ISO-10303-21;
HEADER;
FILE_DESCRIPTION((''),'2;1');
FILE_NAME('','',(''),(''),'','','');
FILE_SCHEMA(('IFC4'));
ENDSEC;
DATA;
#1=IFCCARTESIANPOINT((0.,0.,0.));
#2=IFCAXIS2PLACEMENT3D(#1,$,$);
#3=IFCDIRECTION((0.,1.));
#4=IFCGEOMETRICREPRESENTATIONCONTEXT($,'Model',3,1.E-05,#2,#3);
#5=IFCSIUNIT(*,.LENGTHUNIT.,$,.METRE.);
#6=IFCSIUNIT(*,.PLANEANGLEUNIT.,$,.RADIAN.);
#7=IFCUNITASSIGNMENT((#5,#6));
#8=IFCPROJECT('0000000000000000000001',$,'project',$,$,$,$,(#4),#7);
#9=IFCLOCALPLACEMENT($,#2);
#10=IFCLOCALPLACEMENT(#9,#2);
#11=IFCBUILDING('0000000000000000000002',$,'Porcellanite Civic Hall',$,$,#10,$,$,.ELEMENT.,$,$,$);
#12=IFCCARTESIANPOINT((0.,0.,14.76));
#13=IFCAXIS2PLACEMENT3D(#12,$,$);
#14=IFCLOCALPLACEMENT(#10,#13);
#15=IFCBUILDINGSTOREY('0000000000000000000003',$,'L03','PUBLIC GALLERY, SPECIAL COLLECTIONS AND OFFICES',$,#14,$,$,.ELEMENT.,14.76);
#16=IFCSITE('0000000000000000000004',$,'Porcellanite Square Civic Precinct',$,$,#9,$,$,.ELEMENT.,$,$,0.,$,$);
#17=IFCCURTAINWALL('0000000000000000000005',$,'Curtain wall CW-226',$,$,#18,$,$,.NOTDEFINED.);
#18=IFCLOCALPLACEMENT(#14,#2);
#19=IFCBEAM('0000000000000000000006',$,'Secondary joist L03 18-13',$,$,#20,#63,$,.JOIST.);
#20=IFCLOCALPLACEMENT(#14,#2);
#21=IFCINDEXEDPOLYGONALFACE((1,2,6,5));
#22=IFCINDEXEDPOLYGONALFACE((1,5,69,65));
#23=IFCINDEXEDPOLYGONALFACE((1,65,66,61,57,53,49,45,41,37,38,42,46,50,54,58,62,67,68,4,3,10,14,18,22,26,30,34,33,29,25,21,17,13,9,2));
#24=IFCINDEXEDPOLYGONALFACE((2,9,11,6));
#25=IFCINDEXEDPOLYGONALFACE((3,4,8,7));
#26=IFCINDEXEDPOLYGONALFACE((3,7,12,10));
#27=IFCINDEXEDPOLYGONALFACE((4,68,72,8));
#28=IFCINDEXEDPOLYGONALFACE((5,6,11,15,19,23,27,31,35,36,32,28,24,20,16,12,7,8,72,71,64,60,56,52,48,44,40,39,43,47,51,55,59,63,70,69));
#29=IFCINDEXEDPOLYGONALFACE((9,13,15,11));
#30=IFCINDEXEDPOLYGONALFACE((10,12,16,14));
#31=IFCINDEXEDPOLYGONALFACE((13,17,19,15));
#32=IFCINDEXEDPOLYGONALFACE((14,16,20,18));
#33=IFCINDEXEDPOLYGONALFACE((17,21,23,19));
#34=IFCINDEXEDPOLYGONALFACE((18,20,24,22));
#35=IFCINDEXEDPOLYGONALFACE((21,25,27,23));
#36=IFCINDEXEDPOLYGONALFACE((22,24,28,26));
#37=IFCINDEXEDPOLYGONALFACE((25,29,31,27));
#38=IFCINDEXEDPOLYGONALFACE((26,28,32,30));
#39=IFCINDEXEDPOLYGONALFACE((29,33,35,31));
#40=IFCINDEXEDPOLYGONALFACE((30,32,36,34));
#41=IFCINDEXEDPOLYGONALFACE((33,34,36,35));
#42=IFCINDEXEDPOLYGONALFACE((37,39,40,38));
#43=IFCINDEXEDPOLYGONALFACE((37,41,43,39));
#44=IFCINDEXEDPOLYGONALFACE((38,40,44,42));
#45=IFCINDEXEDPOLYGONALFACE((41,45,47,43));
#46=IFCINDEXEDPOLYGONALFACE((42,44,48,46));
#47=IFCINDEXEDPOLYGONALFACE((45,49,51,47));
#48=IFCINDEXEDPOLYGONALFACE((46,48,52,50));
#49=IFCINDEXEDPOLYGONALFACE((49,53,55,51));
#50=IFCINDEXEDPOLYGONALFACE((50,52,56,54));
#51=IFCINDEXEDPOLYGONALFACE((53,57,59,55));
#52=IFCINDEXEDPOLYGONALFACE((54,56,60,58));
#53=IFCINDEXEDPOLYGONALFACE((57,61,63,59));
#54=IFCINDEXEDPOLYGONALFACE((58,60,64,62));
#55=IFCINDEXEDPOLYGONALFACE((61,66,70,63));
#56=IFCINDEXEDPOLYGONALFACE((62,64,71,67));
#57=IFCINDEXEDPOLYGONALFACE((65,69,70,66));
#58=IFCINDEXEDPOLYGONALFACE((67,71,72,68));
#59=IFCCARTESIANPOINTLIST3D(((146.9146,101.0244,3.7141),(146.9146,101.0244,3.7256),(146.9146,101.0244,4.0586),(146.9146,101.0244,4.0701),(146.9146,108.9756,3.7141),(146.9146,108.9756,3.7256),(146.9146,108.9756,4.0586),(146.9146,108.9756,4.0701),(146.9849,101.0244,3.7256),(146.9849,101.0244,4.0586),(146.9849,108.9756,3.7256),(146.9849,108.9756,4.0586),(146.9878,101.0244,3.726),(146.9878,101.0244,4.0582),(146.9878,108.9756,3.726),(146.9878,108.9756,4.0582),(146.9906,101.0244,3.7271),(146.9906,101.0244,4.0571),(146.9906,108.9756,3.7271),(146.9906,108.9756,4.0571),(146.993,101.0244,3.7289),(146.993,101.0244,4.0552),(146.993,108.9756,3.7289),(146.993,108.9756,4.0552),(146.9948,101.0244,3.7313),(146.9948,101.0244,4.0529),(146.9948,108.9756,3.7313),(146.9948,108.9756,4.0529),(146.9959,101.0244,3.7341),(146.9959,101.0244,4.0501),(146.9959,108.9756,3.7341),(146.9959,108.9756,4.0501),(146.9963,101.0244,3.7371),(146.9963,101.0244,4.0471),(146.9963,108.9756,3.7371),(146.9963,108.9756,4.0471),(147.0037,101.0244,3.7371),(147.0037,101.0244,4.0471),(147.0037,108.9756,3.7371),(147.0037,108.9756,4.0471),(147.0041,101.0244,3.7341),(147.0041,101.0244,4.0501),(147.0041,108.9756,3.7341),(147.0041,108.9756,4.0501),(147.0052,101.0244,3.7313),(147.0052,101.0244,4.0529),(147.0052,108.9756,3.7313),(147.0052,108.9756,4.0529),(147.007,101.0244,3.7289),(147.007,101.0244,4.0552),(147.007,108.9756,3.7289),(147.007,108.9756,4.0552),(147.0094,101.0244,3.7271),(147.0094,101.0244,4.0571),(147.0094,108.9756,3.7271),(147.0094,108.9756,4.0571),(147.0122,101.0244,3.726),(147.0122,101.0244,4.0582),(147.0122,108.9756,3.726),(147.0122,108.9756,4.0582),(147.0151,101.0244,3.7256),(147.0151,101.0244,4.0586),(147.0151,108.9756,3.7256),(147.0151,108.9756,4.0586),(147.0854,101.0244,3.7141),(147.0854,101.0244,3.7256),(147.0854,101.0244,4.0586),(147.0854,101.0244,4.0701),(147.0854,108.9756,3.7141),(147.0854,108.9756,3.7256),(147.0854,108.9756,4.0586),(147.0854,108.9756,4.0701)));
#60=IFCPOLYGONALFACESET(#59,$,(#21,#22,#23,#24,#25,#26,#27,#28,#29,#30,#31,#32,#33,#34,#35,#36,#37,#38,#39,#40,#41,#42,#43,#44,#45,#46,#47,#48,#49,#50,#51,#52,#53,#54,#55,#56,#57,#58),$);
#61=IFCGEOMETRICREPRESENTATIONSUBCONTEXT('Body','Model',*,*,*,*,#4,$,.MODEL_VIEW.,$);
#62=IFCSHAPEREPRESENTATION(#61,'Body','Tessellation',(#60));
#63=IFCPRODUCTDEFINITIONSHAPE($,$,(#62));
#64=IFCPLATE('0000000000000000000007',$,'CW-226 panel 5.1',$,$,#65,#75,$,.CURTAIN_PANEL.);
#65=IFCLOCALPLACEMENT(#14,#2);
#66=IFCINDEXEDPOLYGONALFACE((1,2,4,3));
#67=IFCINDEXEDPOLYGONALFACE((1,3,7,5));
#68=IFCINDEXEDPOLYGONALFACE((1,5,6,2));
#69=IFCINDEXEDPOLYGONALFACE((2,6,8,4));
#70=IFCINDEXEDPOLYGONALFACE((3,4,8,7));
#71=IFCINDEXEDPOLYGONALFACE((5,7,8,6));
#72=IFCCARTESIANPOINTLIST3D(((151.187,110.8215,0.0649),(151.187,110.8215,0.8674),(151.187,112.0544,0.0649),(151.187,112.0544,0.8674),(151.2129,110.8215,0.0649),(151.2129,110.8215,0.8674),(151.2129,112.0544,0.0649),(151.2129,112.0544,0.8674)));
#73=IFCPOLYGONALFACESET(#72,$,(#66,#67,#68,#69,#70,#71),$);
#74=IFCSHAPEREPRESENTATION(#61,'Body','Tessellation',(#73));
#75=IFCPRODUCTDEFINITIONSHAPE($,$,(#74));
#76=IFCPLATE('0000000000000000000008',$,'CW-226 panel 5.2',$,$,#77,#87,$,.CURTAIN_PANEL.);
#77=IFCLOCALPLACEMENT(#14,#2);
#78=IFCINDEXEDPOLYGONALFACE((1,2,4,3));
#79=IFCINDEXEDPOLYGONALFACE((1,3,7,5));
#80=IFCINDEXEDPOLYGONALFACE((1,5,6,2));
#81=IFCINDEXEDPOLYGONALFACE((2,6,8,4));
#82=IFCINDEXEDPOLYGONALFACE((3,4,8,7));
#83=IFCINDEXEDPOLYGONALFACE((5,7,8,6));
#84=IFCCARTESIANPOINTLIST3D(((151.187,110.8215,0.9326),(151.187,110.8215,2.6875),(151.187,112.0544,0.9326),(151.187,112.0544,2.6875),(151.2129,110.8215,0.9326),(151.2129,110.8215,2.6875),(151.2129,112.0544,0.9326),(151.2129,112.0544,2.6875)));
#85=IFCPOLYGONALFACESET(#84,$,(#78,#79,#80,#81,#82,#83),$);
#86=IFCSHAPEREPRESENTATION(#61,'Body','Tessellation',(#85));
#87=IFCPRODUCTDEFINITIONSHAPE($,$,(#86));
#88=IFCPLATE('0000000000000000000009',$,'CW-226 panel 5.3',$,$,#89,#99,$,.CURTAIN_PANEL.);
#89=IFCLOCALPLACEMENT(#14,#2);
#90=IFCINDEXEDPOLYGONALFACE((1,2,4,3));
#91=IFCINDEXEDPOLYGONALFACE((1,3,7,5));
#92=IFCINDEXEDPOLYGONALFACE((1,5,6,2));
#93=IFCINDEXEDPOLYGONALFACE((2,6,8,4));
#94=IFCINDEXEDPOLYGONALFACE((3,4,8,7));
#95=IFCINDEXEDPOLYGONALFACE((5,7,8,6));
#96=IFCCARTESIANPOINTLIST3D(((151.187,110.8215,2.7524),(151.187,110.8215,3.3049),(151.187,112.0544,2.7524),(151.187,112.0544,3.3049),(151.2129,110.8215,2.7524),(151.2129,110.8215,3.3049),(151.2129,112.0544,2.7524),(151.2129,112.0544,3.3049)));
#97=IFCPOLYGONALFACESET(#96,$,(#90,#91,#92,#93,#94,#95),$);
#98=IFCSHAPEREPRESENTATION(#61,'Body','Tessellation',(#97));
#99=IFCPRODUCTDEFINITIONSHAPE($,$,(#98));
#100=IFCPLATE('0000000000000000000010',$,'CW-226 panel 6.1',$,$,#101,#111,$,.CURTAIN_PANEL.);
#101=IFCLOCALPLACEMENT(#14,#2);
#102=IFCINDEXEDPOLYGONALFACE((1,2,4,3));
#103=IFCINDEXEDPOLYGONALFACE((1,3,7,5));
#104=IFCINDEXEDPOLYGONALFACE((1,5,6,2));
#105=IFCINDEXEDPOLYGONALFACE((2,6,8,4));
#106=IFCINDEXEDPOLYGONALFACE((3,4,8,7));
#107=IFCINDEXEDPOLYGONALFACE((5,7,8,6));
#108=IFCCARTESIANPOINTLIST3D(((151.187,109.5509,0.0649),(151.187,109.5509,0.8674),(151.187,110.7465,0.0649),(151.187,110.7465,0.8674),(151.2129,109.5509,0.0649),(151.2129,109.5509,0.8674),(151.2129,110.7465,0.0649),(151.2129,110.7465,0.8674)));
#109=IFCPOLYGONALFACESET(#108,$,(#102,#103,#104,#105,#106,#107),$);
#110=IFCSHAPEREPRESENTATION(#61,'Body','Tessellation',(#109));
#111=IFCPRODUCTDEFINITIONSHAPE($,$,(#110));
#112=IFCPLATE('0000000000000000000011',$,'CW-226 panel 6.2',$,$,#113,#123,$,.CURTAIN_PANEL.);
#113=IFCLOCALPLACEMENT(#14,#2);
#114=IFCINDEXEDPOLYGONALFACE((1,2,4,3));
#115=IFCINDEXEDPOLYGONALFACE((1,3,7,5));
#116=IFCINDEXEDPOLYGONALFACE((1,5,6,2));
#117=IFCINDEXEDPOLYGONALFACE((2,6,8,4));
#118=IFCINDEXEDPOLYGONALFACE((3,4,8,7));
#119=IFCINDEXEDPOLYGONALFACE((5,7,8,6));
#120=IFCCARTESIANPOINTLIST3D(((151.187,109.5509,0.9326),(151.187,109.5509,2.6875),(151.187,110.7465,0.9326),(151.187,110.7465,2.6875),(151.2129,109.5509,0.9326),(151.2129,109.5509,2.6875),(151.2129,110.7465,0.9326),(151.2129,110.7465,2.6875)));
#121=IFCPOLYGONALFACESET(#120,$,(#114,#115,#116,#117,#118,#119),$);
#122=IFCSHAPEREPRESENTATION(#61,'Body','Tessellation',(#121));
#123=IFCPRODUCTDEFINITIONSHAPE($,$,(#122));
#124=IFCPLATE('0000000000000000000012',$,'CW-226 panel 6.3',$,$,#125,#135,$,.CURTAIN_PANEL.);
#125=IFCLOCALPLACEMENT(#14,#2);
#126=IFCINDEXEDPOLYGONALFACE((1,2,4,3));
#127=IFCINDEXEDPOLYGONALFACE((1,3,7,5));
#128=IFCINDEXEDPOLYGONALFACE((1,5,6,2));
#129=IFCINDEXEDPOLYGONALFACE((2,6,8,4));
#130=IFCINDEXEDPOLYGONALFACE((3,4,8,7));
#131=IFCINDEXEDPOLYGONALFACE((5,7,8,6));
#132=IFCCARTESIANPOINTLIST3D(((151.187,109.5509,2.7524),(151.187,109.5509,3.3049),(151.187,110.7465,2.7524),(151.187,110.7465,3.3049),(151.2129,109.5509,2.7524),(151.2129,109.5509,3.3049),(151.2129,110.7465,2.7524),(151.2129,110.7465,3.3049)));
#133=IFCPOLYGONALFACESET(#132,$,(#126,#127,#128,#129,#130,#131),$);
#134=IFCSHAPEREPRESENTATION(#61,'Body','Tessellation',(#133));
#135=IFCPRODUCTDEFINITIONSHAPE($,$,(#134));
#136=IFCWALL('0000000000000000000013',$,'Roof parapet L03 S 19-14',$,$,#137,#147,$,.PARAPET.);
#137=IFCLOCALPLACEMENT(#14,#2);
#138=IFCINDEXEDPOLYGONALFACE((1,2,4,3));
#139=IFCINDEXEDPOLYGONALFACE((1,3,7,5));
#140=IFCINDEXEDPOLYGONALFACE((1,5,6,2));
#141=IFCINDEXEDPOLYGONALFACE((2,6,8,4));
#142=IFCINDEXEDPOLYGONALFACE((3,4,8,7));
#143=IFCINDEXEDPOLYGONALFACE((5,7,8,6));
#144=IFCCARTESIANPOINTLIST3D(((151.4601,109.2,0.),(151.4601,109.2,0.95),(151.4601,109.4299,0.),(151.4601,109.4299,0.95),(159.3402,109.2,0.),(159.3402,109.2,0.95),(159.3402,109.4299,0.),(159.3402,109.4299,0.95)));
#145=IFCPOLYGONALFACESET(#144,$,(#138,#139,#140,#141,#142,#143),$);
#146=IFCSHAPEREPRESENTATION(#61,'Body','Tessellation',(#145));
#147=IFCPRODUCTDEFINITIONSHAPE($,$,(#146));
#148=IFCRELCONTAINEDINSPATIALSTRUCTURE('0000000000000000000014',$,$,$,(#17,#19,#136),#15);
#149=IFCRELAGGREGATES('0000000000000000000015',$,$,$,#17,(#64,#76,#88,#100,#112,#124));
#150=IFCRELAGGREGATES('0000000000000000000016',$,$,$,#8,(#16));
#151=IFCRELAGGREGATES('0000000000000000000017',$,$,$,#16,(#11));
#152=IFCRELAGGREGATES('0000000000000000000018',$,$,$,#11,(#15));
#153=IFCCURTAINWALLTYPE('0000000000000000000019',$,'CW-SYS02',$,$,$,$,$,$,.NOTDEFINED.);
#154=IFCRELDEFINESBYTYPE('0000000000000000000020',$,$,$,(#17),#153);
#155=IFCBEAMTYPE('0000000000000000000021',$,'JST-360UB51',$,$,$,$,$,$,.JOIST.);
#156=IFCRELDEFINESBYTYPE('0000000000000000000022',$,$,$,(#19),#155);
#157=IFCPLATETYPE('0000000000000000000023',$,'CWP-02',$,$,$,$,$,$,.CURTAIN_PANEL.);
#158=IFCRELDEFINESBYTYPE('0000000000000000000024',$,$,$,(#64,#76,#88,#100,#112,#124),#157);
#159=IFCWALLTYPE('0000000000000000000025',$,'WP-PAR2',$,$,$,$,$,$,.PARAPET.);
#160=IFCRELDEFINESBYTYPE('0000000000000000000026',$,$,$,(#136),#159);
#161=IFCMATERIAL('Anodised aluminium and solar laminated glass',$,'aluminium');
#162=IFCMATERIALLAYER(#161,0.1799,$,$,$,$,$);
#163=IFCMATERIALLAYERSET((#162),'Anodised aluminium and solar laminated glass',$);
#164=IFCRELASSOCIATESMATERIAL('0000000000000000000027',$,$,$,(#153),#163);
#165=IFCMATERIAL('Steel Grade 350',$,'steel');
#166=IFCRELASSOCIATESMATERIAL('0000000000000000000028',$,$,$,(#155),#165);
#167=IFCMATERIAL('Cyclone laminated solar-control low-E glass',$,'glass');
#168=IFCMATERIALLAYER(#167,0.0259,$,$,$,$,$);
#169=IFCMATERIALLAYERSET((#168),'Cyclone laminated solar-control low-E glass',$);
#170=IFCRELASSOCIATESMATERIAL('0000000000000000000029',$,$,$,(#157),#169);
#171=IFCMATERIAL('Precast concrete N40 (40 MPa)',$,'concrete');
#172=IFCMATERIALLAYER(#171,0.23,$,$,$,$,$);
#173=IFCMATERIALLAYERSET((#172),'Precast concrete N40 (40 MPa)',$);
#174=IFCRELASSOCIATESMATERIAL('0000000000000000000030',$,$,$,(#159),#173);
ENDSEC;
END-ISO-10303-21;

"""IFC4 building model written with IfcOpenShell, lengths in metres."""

from ifc_helpers import new_model, si_unit, direction, frame, frame_2d, origin, origin_2d, place, context, subcontext, project, spatial, rectangle, i_section, extrude, material, layer, layer_set, material_profile, profile_set, type_object, element, aggregate, save


model = new_model("IFC4")

# Units and contexts
model_context = context("Model", 3, precision=1e-05, world=origin(), true_north=direction((0.0, 1.0)))
body_context = subcontext(model_context, "Body", "Model", "MODEL_VIEW")
ifc_project = project(units=[si_unit("LENGTHUNIT", "METRE"), si_unit("PLANEANGLEUNIT", "RADIAN")], contexts=[model_context])

# Site, building, storey
site_placement = place(None, origin())
site = spatial("IfcSite", under=ifc_project, at=site_placement, Name="Porcellanite Square Civic Precinct", CompositionType="ELEMENT", RefElevation=0.0)
building_placement = place(site_placement, origin())
building = spatial("IfcBuilding", under=site, at=building_placement, Name="Porcellanite Civic Hall", CompositionType="ELEMENT")
storey_placement = place(building_placement, frame((0.0, 0.0, 14.76)))
storey = spatial("IfcBuildingStorey", under=building, at=storey_placement, Name="L03", Description="PUBLIC GALLERY, SPECIAL COLLECTIONS AND OFFICES", CompositionType="ELEMENT", Elevation=14.76)

# Curtain wall
ifc_material_1 = material(Name="Anodised aluminium and solar laminated glass", Category="aluminium")
ifc_layer_1 = layer(ifc_material_1, 0.1799)
ifc_layer_set_1 = layer_set([ifc_layer_1], Name="Anodised aluminium and solar laminated glass")
curtain_wall_type = type_object("IfcCurtainWallType", Name="CW-SYS02", PredefinedType="NOTDEFINED", material=ifc_layer_set_1)
curtain_wall_placement = place(storey_placement, origin())
curtain_wall = element("IfcCurtainWall", 1, at=curtain_wall_placement, inside=storey, type_object=curtain_wall_type, Name="Curtain wall CW-226", PredefinedType="NOTDEFINED")

# Beam
ifc_material_2 = material(Name="Steel Grade 350", Category="steel")
ifc_material_profile_1 = material_profile(ifc_material_2, i_section(OverallWidth=0.1709, OverallDepth=0.356, WebThickness=0.0073, FlangeThickness=0.0115, FilletRadius=0.0115, at=origin_2d()), Name="360UB50.7")
ifc_profile_set_1 = profile_set([ifc_material_profile_1], Name="Steel Grade 350")
beam_type_1 = type_object("IfcBeamType", Name="JST-360UB51", PredefinedType="JOIST", material=ifc_profile_set_1)
beam_1_placement = place(storey_placement, frame((147.0, 101.0244, 3.8921), z_axis=(0.0, 1.0, 0.0), x_axis=(-1.0, 0.0, 0.0)))
element("IfcBeam", 2, at=beam_1_placement, inside=storey, type_object=beam_type_1, Name="Secondary joist L03 18-13", PredefinedType="JOIST", context=body_context, shape_type="SweptSolid", body=[
    extrude(i_section(OverallWidth=0.1709, OverallDepth=0.356, WebThickness=0.0073, FlangeThickness=0.0115, FilletRadius=0.0115, at=origin_2d()), origin(), (0.0, 0.0, 1.0), 7.9512),
])

# Plates
ifc_material_3 = material(Name="Cyclone laminated solar-control low-E glass", Category="glass")
ifc_layer_2 = layer(ifc_material_3, 0.0259)
ifc_layer_set_2 = layer_set([ifc_layer_2], Name="Cyclone laminated solar-control low-E glass")
plate_type = type_object("IfcPlateType", Name="CWP-02", PredefinedType="CURTAIN_PANEL", material=ifc_layer_set_2)
plate_1_placement = place(storey_placement, frame((151.2, 111.438, 0.0649), z_axis=(0.0, 0.0, 1.0), x_axis=(0.0, -1.0, 0.0)))
plate_1 = element("IfcPlate", 3, at=plate_1_placement, type_object=plate_type, Name="CW-226 panel 5.1", PredefinedType="CURTAIN_PANEL", context=body_context, shape_type="SweptSolid", body=[
    extrude(rectangle(XDim=1.2329, YDim=0.0259, at=origin_2d()), origin(), (0.0, 0.0, 1.0), 0.8025),
])
plate_2_placement = place(storey_placement, frame((151.2, 111.438, 0.9326), z_axis=(0.0, 0.0, 1.0), x_axis=(0.0, -1.0, 0.0)))
plate_2 = element("IfcPlate", 4, at=plate_2_placement, type_object=plate_type, Name="CW-226 panel 5.2", PredefinedType="CURTAIN_PANEL", context=body_context, shape_type="SweptSolid", body=[
    extrude(rectangle(XDim=1.2329, YDim=0.0259, at=origin_2d()), origin(), (0.0, 0.0, 1.0), 1.7549),
])
plate_3_placement = place(storey_placement, frame((151.2, 111.438, 2.7524), z_axis=(0.0, 0.0, 1.0), x_axis=(0.0, -1.0, 0.0)))
plate_3 = element("IfcPlate", 5, at=plate_3_placement, type_object=plate_type, Name="CW-226 panel 5.3", PredefinedType="CURTAIN_PANEL", context=body_context, shape_type="SweptSolid", body=[
    extrude(rectangle(XDim=1.2329, YDim=0.0259, at=origin_2d()), origin(), (0.0, 0.0, 1.0), 0.5525),
])
plate_4_placement = place(storey_placement, frame((151.2, 110.1487, 0.0649), z_axis=(0.0, 0.0, 1.0), x_axis=(0.0, -1.0, 0.0)))
plate_4 = element("IfcPlate", 6, at=plate_4_placement, type_object=plate_type, Name="CW-226 panel 6.1", PredefinedType="CURTAIN_PANEL", context=body_context, shape_type="SweptSolid", body=[
    extrude(rectangle(XDim=1.1956, YDim=0.0259, at=origin_2d()), origin(), (0.0, 0.0, 1.0), 0.8025),
])
plate_5_placement = place(storey_placement, frame((151.2, 110.1487, 0.9326), z_axis=(0.0, 0.0, 1.0), x_axis=(0.0, -1.0, 0.0)))
plate_5 = element("IfcPlate", 7, at=plate_5_placement, type_object=plate_type, Name="CW-226 panel 6.2", PredefinedType="CURTAIN_PANEL", context=body_context, shape_type="SweptSolid", body=[
    extrude(rectangle(XDim=1.1956, YDim=0.0259, at=origin_2d()), origin(), (0.0, 0.0, 1.0), 1.7549),
])
plate_6_placement = place(storey_placement, frame((151.2, 110.1487, 2.7524), z_axis=(0.0, 0.0, 1.0), x_axis=(0.0, -1.0, 0.0)))
plate_6 = element("IfcPlate", 8, at=plate_6_placement, type_object=plate_type, Name="CW-226 panel 6.3", PredefinedType="CURTAIN_PANEL", context=body_context, shape_type="SweptSolid", body=[
    extrude(rectangle(XDim=1.1956, YDim=0.0259, at=origin_2d()), origin(), (0.0, 0.0, 1.0), 0.5525),
])
aggregate(curtain_wall, [plate_1, plate_2, plate_3, plate_4, plate_5, plate_6])

# Wall
ifc_material_4 = material(Name="Precast concrete N40 (40 MPa)", Category="concrete")
ifc_layer_3 = layer(ifc_material_4, 0.23)
ifc_layer_set_3 = layer_set([ifc_layer_3], Name="Precast concrete N40 (40 MPa)")
wall_type_1 = type_object("IfcWallType", Name="WP-PAR2", PredefinedType="PARAPET", material=ifc_layer_set_3)
wall_1_placement = place(storey_placement, frame((159.3401, 109.3149, 0.0), z_axis=(0.0, 0.0, 1.0), x_axis=(-1.0, 0.0, 0.0)))
element("IfcWall", 9, at=wall_1_placement, inside=storey, type_object=wall_type_1, Name="Roof parapet L03 S 19-14", PredefinedType="PARAPET", context=body_context, shape_type="SweptSolid", body=[
    extrude(rectangle(XDim=7.8801, YDim=0.23, at=frame_2d((3.9399, 0.0))), origin(), (0.0, 0.0, 1.0), 0.95),
])

save(model, "model.ifc")
